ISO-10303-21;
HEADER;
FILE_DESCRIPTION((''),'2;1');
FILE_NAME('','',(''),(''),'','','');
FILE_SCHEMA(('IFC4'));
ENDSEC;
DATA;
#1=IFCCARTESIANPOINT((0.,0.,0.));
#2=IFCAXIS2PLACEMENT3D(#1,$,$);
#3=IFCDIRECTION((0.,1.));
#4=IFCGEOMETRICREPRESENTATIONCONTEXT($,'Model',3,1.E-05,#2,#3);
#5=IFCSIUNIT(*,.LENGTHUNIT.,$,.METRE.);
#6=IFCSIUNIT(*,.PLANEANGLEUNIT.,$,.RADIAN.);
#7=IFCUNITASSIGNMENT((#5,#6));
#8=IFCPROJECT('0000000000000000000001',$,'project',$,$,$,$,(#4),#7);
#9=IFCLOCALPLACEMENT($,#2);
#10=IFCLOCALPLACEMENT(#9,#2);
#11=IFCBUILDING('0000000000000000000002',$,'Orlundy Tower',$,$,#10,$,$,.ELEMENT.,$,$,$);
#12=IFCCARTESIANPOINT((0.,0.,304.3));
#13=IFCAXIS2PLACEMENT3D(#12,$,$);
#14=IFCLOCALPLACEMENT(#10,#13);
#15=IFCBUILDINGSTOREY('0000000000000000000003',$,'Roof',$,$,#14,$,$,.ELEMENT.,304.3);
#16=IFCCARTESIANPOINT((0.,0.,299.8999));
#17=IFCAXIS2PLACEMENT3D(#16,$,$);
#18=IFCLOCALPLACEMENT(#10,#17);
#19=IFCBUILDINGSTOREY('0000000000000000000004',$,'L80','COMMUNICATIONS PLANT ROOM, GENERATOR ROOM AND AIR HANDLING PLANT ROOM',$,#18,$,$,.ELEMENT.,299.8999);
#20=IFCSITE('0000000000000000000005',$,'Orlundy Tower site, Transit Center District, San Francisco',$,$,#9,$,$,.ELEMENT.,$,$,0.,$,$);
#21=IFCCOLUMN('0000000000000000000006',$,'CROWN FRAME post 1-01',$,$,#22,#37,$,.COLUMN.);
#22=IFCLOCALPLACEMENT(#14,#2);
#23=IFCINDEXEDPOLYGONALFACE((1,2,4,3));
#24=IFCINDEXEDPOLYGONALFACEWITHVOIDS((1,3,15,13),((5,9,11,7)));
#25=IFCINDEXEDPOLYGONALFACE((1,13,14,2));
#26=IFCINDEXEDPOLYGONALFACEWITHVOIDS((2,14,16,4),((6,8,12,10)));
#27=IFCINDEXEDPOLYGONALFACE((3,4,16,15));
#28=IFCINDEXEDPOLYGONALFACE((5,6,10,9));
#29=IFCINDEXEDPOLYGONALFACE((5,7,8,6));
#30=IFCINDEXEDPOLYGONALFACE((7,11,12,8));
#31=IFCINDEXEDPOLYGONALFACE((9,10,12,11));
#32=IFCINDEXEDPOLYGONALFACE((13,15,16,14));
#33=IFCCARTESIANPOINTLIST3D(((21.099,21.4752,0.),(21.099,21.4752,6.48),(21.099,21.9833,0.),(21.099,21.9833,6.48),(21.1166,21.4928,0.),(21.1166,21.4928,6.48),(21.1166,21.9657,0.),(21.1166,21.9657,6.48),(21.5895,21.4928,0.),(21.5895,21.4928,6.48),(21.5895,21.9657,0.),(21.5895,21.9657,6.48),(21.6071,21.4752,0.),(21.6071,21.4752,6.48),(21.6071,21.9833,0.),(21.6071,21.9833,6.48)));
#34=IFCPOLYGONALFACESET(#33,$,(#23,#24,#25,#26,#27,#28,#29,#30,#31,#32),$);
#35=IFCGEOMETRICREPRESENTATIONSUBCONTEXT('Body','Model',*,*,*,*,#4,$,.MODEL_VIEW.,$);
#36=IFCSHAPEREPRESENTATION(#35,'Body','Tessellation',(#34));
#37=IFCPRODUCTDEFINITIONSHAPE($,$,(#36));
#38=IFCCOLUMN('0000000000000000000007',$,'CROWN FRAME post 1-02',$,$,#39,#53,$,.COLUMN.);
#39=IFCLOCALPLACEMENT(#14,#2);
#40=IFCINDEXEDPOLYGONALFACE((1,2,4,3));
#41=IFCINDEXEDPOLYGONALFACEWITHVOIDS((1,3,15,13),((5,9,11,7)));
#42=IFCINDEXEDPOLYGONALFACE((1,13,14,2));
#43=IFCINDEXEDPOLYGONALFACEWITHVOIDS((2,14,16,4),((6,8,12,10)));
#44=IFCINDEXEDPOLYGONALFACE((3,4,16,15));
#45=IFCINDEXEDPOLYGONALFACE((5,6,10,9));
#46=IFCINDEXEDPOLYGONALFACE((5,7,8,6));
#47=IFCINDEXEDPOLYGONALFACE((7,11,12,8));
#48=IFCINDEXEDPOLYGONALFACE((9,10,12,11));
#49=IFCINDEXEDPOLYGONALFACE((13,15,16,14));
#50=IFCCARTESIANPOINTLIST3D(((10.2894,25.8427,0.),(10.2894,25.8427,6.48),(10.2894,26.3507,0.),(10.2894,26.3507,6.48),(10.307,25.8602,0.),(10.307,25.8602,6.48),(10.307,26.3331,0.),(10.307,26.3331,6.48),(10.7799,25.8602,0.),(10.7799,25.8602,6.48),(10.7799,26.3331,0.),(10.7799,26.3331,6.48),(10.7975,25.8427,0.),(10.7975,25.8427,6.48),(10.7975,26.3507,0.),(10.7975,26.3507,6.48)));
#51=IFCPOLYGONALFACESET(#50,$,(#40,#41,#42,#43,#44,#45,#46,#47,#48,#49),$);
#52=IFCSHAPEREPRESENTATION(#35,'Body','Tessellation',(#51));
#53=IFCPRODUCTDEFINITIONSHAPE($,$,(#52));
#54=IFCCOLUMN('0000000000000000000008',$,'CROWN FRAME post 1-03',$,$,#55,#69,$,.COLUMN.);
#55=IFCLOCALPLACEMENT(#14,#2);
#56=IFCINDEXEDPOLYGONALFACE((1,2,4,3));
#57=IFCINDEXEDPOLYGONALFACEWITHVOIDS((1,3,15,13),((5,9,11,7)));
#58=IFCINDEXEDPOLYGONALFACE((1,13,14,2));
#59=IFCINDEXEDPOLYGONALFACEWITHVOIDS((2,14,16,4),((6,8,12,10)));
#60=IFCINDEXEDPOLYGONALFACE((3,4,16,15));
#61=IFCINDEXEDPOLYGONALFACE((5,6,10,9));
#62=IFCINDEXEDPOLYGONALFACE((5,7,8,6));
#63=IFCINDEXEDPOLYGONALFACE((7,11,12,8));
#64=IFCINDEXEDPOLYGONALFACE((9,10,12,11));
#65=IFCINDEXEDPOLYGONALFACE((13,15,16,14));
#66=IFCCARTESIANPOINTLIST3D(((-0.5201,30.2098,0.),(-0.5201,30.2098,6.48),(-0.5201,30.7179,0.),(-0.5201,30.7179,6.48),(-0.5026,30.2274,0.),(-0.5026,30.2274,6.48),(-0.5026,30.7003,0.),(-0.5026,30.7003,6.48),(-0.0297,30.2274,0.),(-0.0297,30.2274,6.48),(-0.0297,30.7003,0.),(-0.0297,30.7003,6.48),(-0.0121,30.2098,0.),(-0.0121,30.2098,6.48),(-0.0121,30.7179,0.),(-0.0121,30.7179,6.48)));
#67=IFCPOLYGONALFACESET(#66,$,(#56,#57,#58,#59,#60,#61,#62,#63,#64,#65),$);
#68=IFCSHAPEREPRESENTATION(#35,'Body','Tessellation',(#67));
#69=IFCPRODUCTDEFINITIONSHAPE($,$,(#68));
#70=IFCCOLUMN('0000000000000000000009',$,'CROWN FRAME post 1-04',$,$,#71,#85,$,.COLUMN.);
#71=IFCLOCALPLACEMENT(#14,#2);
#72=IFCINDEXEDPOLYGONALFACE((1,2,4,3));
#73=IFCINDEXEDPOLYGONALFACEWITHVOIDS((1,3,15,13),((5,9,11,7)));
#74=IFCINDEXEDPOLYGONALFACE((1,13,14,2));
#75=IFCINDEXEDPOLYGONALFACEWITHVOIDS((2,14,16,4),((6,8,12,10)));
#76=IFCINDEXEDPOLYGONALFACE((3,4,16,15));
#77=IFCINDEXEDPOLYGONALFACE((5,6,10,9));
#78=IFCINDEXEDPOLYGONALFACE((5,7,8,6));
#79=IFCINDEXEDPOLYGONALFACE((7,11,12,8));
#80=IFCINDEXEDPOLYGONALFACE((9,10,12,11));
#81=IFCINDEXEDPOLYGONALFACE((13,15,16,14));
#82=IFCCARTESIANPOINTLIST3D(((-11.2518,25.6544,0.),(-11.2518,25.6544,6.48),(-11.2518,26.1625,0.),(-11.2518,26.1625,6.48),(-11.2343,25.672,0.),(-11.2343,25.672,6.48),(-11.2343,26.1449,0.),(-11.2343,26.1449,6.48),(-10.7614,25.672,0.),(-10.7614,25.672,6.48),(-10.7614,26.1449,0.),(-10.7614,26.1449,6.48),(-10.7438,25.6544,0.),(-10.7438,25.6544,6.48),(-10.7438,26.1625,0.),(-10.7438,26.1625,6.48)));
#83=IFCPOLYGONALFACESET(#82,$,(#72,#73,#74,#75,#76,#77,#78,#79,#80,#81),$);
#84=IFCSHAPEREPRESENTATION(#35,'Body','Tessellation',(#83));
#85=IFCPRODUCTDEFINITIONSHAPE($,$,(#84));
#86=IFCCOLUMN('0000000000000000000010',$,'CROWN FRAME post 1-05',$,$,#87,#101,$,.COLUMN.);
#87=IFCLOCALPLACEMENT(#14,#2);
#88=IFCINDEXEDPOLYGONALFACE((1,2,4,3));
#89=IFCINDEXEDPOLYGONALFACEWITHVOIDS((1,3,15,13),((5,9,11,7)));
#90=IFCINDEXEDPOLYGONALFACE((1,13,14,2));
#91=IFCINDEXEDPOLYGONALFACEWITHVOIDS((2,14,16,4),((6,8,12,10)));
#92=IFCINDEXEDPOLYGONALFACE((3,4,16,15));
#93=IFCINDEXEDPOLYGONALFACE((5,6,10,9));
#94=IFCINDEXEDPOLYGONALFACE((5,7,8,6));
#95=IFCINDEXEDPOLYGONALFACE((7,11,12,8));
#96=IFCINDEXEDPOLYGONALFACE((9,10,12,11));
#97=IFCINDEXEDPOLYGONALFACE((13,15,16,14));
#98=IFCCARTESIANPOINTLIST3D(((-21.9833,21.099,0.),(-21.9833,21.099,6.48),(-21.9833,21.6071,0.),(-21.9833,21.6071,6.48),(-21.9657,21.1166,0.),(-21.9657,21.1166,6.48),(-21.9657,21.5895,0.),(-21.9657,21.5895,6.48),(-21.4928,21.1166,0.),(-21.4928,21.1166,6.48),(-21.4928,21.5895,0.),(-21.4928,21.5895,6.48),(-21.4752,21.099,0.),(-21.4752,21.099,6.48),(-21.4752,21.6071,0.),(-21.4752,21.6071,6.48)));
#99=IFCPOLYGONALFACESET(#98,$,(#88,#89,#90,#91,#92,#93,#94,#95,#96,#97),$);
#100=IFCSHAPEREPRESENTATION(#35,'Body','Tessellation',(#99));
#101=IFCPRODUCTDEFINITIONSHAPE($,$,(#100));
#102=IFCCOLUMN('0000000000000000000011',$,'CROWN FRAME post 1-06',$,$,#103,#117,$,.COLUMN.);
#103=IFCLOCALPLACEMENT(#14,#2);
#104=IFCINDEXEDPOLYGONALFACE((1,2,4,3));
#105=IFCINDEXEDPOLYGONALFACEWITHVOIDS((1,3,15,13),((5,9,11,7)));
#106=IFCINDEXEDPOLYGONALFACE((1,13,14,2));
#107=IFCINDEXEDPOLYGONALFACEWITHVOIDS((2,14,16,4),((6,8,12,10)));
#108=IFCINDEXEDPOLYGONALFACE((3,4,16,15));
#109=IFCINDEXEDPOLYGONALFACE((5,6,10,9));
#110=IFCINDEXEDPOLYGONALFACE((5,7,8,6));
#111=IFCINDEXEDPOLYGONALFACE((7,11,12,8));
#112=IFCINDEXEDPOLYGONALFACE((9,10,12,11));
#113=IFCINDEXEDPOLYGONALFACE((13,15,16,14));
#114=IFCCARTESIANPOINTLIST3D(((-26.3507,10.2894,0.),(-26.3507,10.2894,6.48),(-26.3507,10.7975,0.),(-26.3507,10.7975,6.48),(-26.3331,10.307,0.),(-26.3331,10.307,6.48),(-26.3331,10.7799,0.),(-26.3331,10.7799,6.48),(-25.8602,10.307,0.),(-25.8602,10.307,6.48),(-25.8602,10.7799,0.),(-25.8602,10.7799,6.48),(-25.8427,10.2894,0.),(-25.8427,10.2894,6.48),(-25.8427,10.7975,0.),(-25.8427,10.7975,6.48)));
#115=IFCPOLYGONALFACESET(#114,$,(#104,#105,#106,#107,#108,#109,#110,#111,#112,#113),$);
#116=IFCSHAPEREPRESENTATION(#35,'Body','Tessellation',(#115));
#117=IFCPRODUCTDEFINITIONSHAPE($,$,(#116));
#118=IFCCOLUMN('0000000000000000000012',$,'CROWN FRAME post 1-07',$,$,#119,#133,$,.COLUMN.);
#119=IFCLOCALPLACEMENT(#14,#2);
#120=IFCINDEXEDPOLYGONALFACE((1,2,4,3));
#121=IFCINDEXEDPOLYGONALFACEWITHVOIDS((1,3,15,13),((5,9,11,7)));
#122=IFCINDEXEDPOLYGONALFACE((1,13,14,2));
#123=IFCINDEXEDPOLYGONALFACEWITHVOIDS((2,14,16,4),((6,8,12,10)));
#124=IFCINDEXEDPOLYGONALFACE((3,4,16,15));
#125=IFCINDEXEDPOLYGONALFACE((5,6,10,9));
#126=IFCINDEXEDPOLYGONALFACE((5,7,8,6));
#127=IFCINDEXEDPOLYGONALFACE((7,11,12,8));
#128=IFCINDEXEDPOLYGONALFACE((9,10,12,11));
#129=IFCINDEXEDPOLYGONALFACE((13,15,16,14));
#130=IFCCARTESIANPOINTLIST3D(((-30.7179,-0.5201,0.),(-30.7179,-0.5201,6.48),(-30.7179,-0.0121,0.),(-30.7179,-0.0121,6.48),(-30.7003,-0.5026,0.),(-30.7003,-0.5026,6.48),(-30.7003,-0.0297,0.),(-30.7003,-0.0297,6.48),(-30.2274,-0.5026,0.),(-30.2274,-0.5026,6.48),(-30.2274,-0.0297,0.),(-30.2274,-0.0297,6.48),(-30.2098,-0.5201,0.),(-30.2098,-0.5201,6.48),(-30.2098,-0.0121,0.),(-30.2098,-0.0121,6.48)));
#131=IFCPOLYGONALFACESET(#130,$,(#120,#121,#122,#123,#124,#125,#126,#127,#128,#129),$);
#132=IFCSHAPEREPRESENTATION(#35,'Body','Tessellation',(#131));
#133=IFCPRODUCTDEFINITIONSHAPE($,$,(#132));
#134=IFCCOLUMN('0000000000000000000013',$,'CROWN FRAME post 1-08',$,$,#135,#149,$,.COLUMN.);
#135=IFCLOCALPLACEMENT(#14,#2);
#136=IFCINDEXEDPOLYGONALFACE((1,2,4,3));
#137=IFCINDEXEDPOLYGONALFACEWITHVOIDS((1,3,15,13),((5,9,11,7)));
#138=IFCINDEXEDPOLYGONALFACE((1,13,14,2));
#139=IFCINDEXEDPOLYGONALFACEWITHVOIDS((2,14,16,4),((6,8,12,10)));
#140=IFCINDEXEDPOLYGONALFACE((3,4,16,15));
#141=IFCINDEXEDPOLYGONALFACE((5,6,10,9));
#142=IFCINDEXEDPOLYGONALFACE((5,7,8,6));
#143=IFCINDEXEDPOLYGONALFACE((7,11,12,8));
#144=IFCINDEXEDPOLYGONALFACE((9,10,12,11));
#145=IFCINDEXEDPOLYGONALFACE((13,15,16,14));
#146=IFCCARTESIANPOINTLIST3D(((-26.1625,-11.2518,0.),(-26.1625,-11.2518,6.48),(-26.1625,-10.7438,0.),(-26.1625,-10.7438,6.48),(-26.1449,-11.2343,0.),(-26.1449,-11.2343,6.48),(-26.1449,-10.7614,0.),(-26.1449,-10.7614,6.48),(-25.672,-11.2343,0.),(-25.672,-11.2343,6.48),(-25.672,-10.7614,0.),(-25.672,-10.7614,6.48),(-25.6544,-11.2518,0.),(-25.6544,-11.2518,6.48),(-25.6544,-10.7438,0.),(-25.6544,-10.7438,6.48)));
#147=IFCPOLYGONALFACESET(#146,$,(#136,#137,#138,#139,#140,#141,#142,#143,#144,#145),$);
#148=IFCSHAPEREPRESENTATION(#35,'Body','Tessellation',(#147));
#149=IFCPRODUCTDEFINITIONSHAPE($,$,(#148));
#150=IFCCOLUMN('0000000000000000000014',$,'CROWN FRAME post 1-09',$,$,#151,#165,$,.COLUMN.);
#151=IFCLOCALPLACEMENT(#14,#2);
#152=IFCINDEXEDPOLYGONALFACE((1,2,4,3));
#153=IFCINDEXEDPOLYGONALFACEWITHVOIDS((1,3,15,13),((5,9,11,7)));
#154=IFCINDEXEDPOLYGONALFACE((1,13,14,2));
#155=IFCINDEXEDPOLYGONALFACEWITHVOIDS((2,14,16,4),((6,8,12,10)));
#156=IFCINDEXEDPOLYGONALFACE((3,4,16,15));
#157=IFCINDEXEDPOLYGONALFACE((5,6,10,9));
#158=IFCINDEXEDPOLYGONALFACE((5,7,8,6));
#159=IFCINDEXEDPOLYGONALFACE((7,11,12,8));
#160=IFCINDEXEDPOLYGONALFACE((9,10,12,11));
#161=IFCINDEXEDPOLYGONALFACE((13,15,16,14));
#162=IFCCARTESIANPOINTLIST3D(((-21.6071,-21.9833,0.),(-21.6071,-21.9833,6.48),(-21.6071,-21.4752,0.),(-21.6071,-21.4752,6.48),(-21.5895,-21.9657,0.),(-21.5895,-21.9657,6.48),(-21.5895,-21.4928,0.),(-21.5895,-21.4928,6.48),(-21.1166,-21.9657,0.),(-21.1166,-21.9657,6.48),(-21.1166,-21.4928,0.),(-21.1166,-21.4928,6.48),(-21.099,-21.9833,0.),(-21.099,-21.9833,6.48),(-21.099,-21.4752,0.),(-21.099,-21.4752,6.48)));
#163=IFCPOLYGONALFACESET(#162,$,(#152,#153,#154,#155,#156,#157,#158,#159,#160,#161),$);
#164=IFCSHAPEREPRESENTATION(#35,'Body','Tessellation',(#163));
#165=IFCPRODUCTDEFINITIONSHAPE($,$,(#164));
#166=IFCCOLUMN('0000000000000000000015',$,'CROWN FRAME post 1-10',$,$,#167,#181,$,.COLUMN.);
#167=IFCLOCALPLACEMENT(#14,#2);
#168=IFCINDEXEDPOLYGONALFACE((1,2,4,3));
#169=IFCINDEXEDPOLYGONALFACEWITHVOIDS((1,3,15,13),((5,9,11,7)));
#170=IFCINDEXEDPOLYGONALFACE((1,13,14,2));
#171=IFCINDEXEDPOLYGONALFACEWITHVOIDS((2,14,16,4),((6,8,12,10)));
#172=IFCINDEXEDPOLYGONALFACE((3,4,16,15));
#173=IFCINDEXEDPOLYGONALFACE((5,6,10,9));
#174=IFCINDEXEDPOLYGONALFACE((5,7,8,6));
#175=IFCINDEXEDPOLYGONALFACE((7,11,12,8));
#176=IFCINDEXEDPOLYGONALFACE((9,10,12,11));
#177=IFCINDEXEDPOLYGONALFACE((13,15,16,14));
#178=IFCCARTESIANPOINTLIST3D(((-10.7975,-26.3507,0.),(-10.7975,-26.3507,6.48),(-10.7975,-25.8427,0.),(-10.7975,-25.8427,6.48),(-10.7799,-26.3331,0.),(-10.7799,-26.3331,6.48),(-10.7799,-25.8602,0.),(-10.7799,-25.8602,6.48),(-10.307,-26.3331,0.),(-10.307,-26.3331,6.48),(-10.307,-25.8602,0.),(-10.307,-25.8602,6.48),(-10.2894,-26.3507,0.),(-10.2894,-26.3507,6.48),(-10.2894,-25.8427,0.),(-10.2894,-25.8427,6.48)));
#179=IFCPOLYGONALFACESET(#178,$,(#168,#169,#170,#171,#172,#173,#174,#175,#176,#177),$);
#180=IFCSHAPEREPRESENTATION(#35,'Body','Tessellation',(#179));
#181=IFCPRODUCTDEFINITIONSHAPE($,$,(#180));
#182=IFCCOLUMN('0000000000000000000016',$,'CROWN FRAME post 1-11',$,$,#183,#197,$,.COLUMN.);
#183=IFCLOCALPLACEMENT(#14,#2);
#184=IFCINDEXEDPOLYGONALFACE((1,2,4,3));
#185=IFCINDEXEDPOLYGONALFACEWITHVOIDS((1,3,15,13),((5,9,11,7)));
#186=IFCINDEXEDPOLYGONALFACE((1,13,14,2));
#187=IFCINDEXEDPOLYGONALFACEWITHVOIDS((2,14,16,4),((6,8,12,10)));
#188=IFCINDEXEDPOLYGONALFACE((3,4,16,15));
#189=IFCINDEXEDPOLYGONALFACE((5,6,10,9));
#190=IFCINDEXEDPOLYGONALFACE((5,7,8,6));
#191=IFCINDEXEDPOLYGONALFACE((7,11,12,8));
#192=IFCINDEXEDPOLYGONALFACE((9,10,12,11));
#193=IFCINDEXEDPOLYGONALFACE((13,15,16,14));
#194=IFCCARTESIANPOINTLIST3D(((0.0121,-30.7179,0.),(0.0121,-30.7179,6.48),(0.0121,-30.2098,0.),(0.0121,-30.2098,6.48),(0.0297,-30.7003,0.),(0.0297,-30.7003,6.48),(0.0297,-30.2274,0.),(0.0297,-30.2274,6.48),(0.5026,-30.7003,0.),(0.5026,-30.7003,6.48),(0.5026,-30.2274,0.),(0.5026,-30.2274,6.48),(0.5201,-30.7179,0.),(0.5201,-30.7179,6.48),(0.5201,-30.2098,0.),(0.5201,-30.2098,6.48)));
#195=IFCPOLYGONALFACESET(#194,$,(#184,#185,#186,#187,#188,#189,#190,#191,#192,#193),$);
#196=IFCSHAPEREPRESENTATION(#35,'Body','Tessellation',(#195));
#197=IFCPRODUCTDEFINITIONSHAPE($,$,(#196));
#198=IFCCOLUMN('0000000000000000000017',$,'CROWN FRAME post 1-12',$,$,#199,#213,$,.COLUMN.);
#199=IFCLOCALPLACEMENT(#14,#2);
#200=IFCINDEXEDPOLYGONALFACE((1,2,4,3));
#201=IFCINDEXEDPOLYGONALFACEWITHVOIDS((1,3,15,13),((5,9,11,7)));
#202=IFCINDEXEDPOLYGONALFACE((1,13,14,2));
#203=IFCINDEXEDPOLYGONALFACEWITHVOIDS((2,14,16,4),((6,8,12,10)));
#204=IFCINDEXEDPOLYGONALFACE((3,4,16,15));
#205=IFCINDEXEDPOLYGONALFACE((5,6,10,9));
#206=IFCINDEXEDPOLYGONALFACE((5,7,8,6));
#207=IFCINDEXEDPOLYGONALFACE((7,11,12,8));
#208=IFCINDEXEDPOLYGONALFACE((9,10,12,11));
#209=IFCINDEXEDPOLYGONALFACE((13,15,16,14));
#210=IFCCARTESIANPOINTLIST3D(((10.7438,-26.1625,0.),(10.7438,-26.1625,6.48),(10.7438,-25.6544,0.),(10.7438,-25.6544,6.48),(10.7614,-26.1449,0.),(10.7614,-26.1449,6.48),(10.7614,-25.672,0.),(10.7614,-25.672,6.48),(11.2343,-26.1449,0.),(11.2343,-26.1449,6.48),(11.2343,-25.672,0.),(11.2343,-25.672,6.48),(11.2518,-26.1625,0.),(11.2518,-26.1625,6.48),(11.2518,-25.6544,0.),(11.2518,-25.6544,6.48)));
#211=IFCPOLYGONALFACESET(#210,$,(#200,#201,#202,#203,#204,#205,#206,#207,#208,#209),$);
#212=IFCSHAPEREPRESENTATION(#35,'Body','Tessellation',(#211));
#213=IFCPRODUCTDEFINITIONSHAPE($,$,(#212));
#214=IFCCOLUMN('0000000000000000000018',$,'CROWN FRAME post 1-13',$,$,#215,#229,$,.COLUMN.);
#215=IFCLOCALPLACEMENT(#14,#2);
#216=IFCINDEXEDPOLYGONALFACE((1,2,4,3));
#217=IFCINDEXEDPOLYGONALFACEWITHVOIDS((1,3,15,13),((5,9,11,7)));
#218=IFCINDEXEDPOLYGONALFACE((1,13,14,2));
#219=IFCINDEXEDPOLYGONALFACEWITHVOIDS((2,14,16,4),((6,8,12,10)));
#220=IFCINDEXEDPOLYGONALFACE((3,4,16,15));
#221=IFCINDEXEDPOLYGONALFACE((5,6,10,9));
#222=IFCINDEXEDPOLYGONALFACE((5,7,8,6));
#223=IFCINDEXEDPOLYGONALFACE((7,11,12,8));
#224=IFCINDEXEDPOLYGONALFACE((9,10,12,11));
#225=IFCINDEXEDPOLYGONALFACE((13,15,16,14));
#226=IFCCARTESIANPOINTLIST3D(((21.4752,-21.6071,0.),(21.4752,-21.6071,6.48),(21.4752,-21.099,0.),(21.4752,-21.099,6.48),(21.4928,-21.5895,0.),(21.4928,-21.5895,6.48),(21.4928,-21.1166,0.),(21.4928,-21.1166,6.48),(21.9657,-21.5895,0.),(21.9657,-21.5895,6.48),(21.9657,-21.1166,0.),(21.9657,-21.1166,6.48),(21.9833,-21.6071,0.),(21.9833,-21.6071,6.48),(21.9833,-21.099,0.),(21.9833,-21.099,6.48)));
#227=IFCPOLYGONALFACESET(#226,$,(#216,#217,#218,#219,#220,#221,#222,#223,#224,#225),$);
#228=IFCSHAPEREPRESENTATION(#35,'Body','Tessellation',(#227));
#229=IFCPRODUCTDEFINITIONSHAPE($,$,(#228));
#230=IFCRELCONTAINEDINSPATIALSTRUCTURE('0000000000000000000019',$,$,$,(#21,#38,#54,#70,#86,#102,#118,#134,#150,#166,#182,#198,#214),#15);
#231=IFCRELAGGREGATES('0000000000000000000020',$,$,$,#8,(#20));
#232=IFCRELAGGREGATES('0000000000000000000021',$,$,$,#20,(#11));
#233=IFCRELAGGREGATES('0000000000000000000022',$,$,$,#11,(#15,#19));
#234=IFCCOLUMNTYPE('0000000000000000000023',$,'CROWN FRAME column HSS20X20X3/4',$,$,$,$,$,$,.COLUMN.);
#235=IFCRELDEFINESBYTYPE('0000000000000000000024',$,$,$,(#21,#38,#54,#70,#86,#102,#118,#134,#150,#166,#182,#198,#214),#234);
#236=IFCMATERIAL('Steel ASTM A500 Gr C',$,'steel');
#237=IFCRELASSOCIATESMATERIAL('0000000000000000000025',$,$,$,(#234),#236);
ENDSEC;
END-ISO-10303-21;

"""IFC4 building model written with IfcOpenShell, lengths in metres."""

from ifc_helpers import new_model, si_unit, direction, frame, origin, origin_2d, place, context, subcontext, project, spatial, hollow_rectangle, extrude, material, material_profile, profile_set, type_object, element, save


model = new_model("IFC4")

# Units and contexts
model_context = context("Model", 3, precision=1e-05, world=origin(), true_north=direction((0.0, 1.0)))
body_context = subcontext(model_context, "Body", "Model", "MODEL_VIEW")
ifc_project = project(units=[si_unit("LENGTHUNIT", "METRE"), si_unit("PLANEANGLEUNIT", "RADIAN")], contexts=[model_context])

# Site, building, storey
site_placement = place(None, origin())
site = spatial("IfcSite", under=ifc_project, at=site_placement, Name="Orlundy Tower site, Transit Center District, San Francisco", CompositionType="ELEMENT", RefElevation=0.0)
building_placement = place(site_placement, origin())
building = spatial("IfcBuilding", under=site, at=building_placement, Name="Orlundy Tower", CompositionType="ELEMENT")
storey_1_placement = place(building_placement, frame((0.0, 0.0, 304.3)))
storey_1 = spatial("IfcBuildingStorey", under=building, at=storey_1_placement, Name="Roof", CompositionType="ELEMENT", Elevation=304.3)

# Columns
ifc_material_1 = material(Name="Steel ASTM A500 Gr C", Category="steel")
ifc_material_profile = material_profile(ifc_material_1, hollow_rectangle(XDim=0.5081, YDim=0.5081, WallThickness=0.0176, at=origin_2d()), Name="HSS20X20X3/4")
ifc_profile_set = profile_set([ifc_material_profile], Name="Steel ASTM A500 Gr C")
column_type = type_object("IfcColumnType", Name="CROWN FRAME column HSS20X20X3/4", PredefinedType="COLUMN", material=ifc_profile_set)
for number, where, z_axis, x_axis, name in (
    (1, (21.353, 21.7292, 0.0), (0.0, 0.0, 1.0), (1.0, 0.0, 0.0), "CROWN FRAME post 1-01"),
    (2, (10.5435, 26.0967, 0.0), (0.0, 0.0, 1.0), (1.0, 0.0, 0.0), "CROWN FRAME post 1-02"),
    (3, (-0.2661, 30.4639, 0.0), (0.0, 0.0, 1.0), (1.0, 0.0, 0.0), "CROWN FRAME post 1-03"),
    (4, (-10.9978, 25.9084, 0.0), (0.0, 0.0, 1.0), (1.0, 0.0, 0.0), "CROWN FRAME post 1-04"),
    (5, (-21.7292, 21.353, 0.0), (0.0, 0.0, 1.0), (1.0, 0.0, 0.0), "CROWN FRAME post 1-05"),
    (6, (-26.0967, 10.5435, 0.0), (0.0, 0.0, 1.0), (1.0, 0.0, 0.0), "CROWN FRAME post 1-06"),
    (7, (-30.4639, -0.2661, 0.0), (0.0, 0.0, 1.0), (1.0, 0.0, 0.0), "CROWN FRAME post 1-07"),
    (8, (-25.9084, -10.9978, 0.0), (0.0, 0.0, 1.0), (1.0, 0.0, 0.0), "CROWN FRAME post 1-08"),
    (9, (-21.353, -21.7292, 0.0), (0.0, 0.0, 1.0), (1.0, 0.0, 0.0), "CROWN FRAME post 1-09"),
    (10, (-10.5435, -26.0967, 0.0), (0.0, 0.0, 1.0), (1.0, 0.0, 0.0), "CROWN FRAME post 1-10"),
    (11, (0.2661, -30.4639, 0.0), (0.0, 0.0, 1.0), (1.0, 0.0, 0.0), "CROWN FRAME post 1-11"),
    (12, (10.9978, -25.9084, 0.0), (0.0, 0.0, 1.0), (1.0, 0.0, 0.0), "CROWN FRAME post 1-12"),
    (13, (21.7292, -21.353, 0.0), (0.0, 0.0, 1.0), (1.0, 0.0, 0.0), "CROWN FRAME post 1-13"),
):
    element("IfcColumn", number, at=place(storey_1_placement, frame(where, z_axis=z_axis, x_axis=x_axis)), inside=storey_1, type_object=column_type, Name=name, PredefinedType="COLUMN", context=body_context, shape_type="SweptSolid", body=[
        extrude(hollow_rectangle(XDim=0.5081, YDim=0.5081, WallThickness=0.0176, at=origin_2d()), origin(), (0.0, 0.0, 1.0), 6.48),
    ])

# Shared definitions
storey_2_placement = place(building_placement, frame((0.0, 0.0, 299.8999)))
storey_2 = spatial("IfcBuildingStorey", under=building, at=storey_2_placement, Name="L80", Description="COMMUNICATIONS PLANT ROOM, GENERATOR ROOM AND AIR HANDLING PLANT ROOM", CompositionType="ELEMENT", Elevation=299.8999)

save(model, "model.ifc")
